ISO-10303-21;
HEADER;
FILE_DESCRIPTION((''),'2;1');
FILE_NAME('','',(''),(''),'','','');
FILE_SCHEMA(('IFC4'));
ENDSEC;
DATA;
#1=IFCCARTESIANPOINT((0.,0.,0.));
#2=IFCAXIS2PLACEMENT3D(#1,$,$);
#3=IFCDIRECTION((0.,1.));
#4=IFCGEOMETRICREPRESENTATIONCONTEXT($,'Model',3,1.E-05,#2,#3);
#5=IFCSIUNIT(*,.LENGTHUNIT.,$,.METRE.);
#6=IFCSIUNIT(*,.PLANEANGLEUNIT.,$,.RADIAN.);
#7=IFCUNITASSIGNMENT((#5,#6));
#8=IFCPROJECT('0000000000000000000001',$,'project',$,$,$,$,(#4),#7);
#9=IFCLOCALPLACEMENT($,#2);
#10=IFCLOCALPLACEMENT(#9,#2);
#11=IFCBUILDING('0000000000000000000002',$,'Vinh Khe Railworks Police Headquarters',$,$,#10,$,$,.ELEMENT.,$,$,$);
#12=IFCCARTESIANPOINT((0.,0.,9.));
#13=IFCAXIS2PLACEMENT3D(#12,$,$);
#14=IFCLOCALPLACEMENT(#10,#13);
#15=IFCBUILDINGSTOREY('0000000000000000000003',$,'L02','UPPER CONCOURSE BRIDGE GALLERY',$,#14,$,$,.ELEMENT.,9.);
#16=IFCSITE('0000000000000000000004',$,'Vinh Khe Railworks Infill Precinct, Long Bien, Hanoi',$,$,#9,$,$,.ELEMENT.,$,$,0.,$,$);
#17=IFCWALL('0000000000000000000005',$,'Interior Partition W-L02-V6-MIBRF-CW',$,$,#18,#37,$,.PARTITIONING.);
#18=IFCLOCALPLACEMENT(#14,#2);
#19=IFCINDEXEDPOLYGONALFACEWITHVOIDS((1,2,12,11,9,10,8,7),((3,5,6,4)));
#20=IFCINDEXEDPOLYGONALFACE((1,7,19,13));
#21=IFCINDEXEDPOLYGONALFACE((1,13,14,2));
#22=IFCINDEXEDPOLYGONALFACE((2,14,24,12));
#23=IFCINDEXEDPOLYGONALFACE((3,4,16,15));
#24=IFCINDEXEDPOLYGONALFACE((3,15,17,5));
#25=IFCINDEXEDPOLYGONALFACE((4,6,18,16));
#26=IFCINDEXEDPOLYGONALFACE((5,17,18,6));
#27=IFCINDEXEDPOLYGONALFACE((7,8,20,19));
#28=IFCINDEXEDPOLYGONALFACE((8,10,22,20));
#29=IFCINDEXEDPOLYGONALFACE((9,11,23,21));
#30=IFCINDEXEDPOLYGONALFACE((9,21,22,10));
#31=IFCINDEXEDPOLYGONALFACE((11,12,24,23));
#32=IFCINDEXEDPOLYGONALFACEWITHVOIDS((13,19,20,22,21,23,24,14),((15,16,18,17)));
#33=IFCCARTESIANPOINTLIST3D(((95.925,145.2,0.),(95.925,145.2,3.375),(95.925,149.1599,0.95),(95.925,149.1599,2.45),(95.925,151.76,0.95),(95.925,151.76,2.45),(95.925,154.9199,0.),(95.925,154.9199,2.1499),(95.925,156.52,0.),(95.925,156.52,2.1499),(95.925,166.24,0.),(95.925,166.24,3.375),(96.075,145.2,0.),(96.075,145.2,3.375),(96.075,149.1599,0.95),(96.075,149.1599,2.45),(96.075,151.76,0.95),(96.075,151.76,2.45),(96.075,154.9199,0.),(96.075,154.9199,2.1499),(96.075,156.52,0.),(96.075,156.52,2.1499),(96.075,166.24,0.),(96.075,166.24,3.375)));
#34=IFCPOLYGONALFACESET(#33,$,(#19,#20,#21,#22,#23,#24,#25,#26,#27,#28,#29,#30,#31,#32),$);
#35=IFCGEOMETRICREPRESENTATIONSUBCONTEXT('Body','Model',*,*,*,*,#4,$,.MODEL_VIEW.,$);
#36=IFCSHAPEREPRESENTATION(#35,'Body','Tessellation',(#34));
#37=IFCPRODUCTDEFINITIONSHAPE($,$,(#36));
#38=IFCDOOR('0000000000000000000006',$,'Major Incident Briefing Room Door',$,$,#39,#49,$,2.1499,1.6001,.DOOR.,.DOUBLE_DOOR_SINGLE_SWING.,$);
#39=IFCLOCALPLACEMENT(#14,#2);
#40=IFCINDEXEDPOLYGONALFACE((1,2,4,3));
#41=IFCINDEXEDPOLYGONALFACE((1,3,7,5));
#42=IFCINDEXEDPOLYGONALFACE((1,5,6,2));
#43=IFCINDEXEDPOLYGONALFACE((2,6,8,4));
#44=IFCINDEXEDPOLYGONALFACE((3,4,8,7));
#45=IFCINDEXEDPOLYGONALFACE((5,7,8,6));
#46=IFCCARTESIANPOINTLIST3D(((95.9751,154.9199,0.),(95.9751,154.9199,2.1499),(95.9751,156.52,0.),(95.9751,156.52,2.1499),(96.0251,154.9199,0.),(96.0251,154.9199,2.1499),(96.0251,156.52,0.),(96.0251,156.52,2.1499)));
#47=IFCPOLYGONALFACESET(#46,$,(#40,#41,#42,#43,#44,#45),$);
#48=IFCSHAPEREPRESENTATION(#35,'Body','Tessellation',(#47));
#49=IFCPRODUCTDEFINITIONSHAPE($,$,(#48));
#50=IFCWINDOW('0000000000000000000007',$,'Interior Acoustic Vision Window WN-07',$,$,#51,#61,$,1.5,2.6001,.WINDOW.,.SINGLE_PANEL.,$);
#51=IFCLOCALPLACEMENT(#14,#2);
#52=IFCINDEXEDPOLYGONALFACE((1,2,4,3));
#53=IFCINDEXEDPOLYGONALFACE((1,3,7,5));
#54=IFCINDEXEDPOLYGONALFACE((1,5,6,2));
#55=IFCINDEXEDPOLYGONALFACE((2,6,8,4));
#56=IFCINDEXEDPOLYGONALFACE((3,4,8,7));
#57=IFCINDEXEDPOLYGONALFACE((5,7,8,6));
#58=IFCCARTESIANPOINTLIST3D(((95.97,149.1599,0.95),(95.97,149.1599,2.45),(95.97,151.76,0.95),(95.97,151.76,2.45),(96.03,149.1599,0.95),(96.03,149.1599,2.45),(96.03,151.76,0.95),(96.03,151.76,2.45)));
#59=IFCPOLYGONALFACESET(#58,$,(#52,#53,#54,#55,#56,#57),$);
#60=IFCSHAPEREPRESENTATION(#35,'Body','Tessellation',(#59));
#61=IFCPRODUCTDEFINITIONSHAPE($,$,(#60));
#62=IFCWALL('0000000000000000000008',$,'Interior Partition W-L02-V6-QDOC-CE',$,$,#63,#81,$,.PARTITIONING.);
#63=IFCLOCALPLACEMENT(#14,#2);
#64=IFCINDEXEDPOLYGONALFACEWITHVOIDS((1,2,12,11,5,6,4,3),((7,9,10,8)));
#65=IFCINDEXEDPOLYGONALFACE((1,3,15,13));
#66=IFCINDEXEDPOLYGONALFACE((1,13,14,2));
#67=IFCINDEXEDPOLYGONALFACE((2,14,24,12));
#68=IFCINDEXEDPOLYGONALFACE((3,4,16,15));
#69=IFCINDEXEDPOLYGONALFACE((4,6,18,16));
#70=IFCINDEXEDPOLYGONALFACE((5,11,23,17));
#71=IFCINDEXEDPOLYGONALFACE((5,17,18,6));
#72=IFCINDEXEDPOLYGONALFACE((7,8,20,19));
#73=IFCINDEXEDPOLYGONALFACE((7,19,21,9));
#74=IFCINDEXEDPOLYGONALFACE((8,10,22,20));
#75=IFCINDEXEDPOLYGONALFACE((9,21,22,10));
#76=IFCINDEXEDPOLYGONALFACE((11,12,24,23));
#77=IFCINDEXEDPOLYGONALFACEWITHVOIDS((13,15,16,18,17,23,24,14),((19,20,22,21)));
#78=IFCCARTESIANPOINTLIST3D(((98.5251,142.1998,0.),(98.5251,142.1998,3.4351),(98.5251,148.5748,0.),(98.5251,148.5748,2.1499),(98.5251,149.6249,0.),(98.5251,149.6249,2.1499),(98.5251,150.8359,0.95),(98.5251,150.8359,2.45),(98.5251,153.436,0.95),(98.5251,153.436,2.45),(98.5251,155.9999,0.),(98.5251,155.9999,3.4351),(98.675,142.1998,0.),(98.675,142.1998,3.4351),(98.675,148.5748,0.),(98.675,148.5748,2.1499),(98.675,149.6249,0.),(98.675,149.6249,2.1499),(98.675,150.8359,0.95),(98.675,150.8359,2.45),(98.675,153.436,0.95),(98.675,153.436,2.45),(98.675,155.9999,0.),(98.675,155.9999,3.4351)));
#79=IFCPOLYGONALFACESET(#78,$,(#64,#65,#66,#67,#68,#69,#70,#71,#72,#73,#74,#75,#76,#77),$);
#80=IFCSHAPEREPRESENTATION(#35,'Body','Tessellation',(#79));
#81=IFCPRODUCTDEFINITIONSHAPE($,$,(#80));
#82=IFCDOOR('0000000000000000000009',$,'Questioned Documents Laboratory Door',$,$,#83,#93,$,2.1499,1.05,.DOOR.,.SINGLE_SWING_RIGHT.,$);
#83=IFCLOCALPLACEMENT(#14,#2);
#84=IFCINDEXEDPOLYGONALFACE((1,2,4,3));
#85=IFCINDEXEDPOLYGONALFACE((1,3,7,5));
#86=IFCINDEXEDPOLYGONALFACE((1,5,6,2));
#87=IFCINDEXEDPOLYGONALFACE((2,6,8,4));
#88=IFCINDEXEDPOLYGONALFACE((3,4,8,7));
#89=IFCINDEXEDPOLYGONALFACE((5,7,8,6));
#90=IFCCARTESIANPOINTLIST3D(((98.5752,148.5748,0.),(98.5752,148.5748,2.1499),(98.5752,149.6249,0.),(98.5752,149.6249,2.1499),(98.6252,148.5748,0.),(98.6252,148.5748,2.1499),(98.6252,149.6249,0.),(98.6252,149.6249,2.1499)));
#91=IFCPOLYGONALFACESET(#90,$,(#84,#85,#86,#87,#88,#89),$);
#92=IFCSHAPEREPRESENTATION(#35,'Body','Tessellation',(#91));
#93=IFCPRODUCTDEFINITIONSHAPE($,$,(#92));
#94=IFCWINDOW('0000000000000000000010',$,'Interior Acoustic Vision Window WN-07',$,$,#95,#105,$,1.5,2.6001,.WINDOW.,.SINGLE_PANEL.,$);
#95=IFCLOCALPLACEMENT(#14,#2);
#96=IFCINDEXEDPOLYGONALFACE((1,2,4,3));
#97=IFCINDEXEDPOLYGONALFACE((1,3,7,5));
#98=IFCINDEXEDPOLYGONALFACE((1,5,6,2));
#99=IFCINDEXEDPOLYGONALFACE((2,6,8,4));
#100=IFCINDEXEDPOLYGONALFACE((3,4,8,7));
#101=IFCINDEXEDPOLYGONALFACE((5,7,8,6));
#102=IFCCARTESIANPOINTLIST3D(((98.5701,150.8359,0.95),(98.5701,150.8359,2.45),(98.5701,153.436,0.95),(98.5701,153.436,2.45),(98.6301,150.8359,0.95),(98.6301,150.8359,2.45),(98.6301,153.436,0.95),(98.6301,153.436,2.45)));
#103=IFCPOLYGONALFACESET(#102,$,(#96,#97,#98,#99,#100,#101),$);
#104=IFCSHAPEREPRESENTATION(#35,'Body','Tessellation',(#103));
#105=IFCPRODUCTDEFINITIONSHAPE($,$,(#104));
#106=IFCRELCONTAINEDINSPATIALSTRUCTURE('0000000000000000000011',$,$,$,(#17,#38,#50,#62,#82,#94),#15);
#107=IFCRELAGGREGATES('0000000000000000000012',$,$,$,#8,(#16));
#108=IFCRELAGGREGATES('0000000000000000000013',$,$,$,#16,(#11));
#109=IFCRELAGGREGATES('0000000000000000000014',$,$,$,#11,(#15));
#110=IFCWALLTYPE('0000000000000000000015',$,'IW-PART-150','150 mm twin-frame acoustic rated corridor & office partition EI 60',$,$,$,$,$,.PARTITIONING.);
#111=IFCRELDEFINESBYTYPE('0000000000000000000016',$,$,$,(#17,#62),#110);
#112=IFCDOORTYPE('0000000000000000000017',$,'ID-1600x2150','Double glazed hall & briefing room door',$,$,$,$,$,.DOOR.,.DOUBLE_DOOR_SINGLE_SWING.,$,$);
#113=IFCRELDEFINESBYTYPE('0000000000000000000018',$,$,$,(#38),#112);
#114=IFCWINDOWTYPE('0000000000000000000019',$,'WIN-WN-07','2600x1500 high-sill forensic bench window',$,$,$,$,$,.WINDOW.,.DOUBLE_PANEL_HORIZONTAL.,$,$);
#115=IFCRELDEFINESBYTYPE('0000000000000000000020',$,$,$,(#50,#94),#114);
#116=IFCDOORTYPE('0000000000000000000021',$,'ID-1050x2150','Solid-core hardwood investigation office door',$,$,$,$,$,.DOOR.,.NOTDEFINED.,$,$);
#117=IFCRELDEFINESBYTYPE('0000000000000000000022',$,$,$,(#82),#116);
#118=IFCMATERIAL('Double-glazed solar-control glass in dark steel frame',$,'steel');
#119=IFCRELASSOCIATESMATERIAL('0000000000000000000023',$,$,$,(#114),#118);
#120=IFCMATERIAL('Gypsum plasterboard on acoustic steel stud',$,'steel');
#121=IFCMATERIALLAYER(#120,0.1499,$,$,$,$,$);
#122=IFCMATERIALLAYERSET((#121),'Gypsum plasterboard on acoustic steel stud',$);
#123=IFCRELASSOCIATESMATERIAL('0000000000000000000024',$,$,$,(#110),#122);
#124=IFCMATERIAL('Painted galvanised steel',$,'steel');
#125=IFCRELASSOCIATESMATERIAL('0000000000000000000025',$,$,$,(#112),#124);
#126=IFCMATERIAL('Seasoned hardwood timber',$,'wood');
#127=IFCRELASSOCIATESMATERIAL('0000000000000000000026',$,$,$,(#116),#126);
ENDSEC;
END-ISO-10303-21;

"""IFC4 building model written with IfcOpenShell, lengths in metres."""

from ifc_helpers import new_model, si_unit, direction, frame, frame_2d, origin, place, context, subcontext, project, spatial, rectangle, extrude, material, layer, layer_set, type_object, element, fill, save


model = new_model("IFC4")

# Units and contexts
model_context = context("Model", 3, precision=1e-05, world=origin(), true_north=direction((0.0, 1.0)))
body_context = subcontext(model_context, "Body", "Model", "MODEL_VIEW")
ifc_project = project(units=[si_unit("LENGTHUNIT", "METRE"), si_unit("PLANEANGLEUNIT", "RADIAN")], contexts=[model_context])

# Site, building, storey
site_placement = place(None, origin())
site = spatial("IfcSite", under=ifc_project, at=site_placement, Name="Vinh Khe Railworks Infill Precinct, Long Bien, Hanoi", CompositionType="ELEMENT", RefElevation=0.0)
building_placement = place(site_placement, origin())
building = spatial("IfcBuilding", under=site, at=building_placement, Name="Vinh Khe Railworks Police Headquarters", CompositionType="ELEMENT")
storey_placement = place(building_placement, frame((0.0, 0.0, 9.0)))
storey = spatial("IfcBuildingStorey", under=building, at=storey_placement, Name="L02", Description="UPPER CONCOURSE BRIDGE GALLERY", CompositionType="ELEMENT", Elevation=9.0)

# Shared definitions
ifc_material_1 = material(Name="Double-glazed solar-control glass in dark steel frame", Category="steel")
window_type = type_object("IfcWindowType", Name="WIN-WN-07", Description="2600x1500 high-sill forensic bench window", PartitioningType="DOUBLE_PANEL_HORIZONTAL", PredefinedType="WINDOW", material=ifc_material_1)

# Walls, openings, doors, windows
ifc_material_2 = material(Name="Gypsum plasterboard on acoustic steel stud", Category="steel")
ifc_layer_1 = layer(ifc_material_2, 0.1499)
ifc_layer_set_1 = layer_set([ifc_layer_1], Name="Gypsum plasterboard on acoustic steel stud")
wall_type_1 = type_object("IfcWallType", Name="IW-PART-150", Description="150 mm twin-frame acoustic rated corridor & office partition EI 60", PredefinedType="PARTITIONING", material=ifc_layer_set_1)
wall_1_placement = place(storey_placement, frame((96.0, 145.2, 0.0), z_axis=(0.0, 0.0, 1.0), x_axis=(0.0, 1.0, 0.0)))
wall_1 = element("IfcWall", 1, at=wall_1_placement, inside=storey, type_object=wall_type_1, Name="Interior Partition W-L02-V6-MIBRF-CW", PredefinedType="PARTITIONING", context=body_context, shape_type="SweptSolid", body=[
    extrude(rectangle(XDim=21.04, YDim=0.1499, at=frame_2d((10.52, 0.0))), origin(), (0.0, 0.0, 1.0), 3.375),
])
opening_1_placement = place(wall_1_placement, frame((9.72, 0.0, 0.0)))
opening_1 = element("IfcOpeningElement", 2, at=opening_1_placement, cuts=wall_1, PredefinedType="OPENING", context=body_context, shape_type="SweptSolid", body=[
    extrude(rectangle(XDim=1.6001, YDim=2.1499, at=frame_2d((0.8, 1.075))), frame((0.0, 0.0898, 0.0), z_axis=(0.0, -1.0, 0.0), x_axis=(1.0, 0.0, 0.0)), (0.0, 0.0, 1.0), 0.1797),
])
opening_2_placement = place(wall_1_placement, frame((3.96, 0.0, 0.95)))
opening_2 = element("IfcOpeningElement", 3, at=opening_2_placement, cuts=wall_1, PredefinedType="OPENING", context=body_context, shape_type="SweptSolid", body=[
    extrude(rectangle(XDim=2.6001, YDim=1.5, at=frame_2d((1.3, 0.75))), frame((0.0, 0.0898, 0.0), z_axis=(0.0, -1.0, 0.0), x_axis=(1.0, 0.0, 0.0)), (0.0, 0.0, 1.0), 0.1797),
])
ifc_material_3 = material(Name="Painted galvanised steel", Category="steel")
door_type_1 = type_object("IfcDoorType", Name="ID-1600x2150", Description="Double glazed hall & briefing room door", OperationType="DOUBLE_DOOR_SINGLE_SWING", PredefinedType="DOOR", material=ifc_material_3)
door_1_placement = place(opening_1_placement, origin())
door_1 = element("IfcDoor", 4, at=door_1_placement, inside=storey, type_object=door_type_1, Name="Major Incident Briefing Room Door", OperationType="DOUBLE_DOOR_SINGLE_SWING", OverallHeight=2.1499, OverallWidth=1.6001, PredefinedType="DOOR", context=body_context, shape_type="SweptSolid", body=[
    extrude(rectangle(XDim=1.6001, YDim=2.1499, at=frame_2d((0.8, 1.075))), frame((0.0, 0.0249, 0.0), z_axis=(0.0, -1.0, 0.0), x_axis=(1.0, 0.0, 0.0)), (0.0, 0.0, 1.0), 0.05),
])
fill(opening_1, door_1)
window_1_placement = place(opening_2_placement, origin())
window_1 = element("IfcWindow", 5, at=window_1_placement, inside=storey, type_object=window_type, Name="Interior Acoustic Vision Window WN-07", OverallHeight=1.5, OverallWidth=2.6001, PartitioningType="SINGLE_PANEL", PredefinedType="WINDOW", context=body_context, shape_type="SweptSolid", body=[
    extrude(rectangle(XDim=2.6001, YDim=1.5, at=frame_2d((1.3, 0.75))), frame((0.0, 0.03, 0.0), z_axis=(0.0, -1.0, 0.0), x_axis=(1.0, 0.0, 0.0)), (0.0, 0.0, 1.0), 0.0601),
])
fill(opening_2, window_1)
wall_2_placement = place(storey_placement, frame((98.6001, 142.2, 0.0), z_axis=(0.0, 0.0, 1.0), x_axis=(0.0, 1.0, 0.0)))
wall_2 = element("IfcWall", 6, at=wall_2_placement, inside=storey, type_object=wall_type_1, Name="Interior Partition W-L02-V6-QDOC-CE", PredefinedType="PARTITIONING", context=body_context, shape_type="SweptSolid", body=[
    extrude(rectangle(XDim=13.8, YDim=0.1499, at=frame_2d((6.8999, 0.0))), origin(), (0.0, 0.0, 1.0), 3.4351),
])
opening_3_placement = place(wall_2_placement, frame((6.375, 0.0, 0.0)))
opening_3 = element("IfcOpeningElement", 7, at=opening_3_placement, cuts=wall_2, PredefinedType="OPENING", context=body_context, shape_type="SweptSolid", body=[
    extrude(rectangle(XDim=1.05, YDim=2.1499, at=frame_2d((0.5249, 1.075))), frame((0.0, 0.0898, 0.0), z_axis=(0.0, -1.0, 0.0), x_axis=(1.0, 0.0, 0.0)), (0.0, 0.0, 1.0), 0.1797),
])
opening_4_placement = place(wall_2_placement, frame((8.636, 0.0, 0.95)))
opening_4 = element("IfcOpeningElement", 8, at=opening_4_placement, cuts=wall_2, PredefinedType="OPENING", context=body_context, shape_type="SweptSolid", body=[
    extrude(rectangle(XDim=2.6001, YDim=1.5, at=frame_2d((1.3, 0.75))), frame((0.0, 0.0898, 0.0), z_axis=(0.0, -1.0, 0.0), x_axis=(1.0, 0.0, 0.0)), (0.0, 0.0, 1.0), 0.1797),
])
ifc_material_4 = material(Name="Seasoned hardwood timber", Category="wood")
door_type_2 = type_object("IfcDoorType", Name="ID-1050x2150", Description="Solid-core hardwood investigation office door", OperationType="NOTDEFINED", PredefinedType="DOOR", material=ifc_material_4)
door_2_placement = place(opening_3_placement, origin())
door_2 = element("IfcDoor", 9, at=door_2_placement, inside=storey, type_object=door_type_2, Name="Questioned Documents Laboratory Door", OperationType="SINGLE_SWING_RIGHT", OverallHeight=2.1499, OverallWidth=1.05, PredefinedType="DOOR", context=body_context, shape_type="SweptSolid", body=[
    extrude(rectangle(XDim=1.05, YDim=2.1499, at=frame_2d((0.5249, 1.075))), frame((0.0, 0.0249, 0.0), z_axis=(0.0, -1.0, 0.0), x_axis=(1.0, 0.0, 0.0)), (0.0, 0.0, 1.0), 0.05),
])
fill(opening_3, door_2)
window_2_placement = place(opening_4_placement, origin())
window_2 = element("IfcWindow", 10, at=window_2_placement, inside=storey, type_object=window_type, Name="Interior Acoustic Vision Window WN-07", OverallHeight=1.5, OverallWidth=2.6001, PartitioningType="SINGLE_PANEL", PredefinedType="WINDOW", context=body_context, shape_type="SweptSolid", body=[
    extrude(rectangle(XDim=2.6001, YDim=1.5, at=frame_2d((1.3, 0.75))), frame((0.0, 0.03, 0.0), z_axis=(0.0, -1.0, 0.0), x_axis=(1.0, 0.0, 0.0)), (0.0, 0.0, 1.0), 0.0601),
])
fill(opening_4, window_2)

save(model, "model.ifc")
